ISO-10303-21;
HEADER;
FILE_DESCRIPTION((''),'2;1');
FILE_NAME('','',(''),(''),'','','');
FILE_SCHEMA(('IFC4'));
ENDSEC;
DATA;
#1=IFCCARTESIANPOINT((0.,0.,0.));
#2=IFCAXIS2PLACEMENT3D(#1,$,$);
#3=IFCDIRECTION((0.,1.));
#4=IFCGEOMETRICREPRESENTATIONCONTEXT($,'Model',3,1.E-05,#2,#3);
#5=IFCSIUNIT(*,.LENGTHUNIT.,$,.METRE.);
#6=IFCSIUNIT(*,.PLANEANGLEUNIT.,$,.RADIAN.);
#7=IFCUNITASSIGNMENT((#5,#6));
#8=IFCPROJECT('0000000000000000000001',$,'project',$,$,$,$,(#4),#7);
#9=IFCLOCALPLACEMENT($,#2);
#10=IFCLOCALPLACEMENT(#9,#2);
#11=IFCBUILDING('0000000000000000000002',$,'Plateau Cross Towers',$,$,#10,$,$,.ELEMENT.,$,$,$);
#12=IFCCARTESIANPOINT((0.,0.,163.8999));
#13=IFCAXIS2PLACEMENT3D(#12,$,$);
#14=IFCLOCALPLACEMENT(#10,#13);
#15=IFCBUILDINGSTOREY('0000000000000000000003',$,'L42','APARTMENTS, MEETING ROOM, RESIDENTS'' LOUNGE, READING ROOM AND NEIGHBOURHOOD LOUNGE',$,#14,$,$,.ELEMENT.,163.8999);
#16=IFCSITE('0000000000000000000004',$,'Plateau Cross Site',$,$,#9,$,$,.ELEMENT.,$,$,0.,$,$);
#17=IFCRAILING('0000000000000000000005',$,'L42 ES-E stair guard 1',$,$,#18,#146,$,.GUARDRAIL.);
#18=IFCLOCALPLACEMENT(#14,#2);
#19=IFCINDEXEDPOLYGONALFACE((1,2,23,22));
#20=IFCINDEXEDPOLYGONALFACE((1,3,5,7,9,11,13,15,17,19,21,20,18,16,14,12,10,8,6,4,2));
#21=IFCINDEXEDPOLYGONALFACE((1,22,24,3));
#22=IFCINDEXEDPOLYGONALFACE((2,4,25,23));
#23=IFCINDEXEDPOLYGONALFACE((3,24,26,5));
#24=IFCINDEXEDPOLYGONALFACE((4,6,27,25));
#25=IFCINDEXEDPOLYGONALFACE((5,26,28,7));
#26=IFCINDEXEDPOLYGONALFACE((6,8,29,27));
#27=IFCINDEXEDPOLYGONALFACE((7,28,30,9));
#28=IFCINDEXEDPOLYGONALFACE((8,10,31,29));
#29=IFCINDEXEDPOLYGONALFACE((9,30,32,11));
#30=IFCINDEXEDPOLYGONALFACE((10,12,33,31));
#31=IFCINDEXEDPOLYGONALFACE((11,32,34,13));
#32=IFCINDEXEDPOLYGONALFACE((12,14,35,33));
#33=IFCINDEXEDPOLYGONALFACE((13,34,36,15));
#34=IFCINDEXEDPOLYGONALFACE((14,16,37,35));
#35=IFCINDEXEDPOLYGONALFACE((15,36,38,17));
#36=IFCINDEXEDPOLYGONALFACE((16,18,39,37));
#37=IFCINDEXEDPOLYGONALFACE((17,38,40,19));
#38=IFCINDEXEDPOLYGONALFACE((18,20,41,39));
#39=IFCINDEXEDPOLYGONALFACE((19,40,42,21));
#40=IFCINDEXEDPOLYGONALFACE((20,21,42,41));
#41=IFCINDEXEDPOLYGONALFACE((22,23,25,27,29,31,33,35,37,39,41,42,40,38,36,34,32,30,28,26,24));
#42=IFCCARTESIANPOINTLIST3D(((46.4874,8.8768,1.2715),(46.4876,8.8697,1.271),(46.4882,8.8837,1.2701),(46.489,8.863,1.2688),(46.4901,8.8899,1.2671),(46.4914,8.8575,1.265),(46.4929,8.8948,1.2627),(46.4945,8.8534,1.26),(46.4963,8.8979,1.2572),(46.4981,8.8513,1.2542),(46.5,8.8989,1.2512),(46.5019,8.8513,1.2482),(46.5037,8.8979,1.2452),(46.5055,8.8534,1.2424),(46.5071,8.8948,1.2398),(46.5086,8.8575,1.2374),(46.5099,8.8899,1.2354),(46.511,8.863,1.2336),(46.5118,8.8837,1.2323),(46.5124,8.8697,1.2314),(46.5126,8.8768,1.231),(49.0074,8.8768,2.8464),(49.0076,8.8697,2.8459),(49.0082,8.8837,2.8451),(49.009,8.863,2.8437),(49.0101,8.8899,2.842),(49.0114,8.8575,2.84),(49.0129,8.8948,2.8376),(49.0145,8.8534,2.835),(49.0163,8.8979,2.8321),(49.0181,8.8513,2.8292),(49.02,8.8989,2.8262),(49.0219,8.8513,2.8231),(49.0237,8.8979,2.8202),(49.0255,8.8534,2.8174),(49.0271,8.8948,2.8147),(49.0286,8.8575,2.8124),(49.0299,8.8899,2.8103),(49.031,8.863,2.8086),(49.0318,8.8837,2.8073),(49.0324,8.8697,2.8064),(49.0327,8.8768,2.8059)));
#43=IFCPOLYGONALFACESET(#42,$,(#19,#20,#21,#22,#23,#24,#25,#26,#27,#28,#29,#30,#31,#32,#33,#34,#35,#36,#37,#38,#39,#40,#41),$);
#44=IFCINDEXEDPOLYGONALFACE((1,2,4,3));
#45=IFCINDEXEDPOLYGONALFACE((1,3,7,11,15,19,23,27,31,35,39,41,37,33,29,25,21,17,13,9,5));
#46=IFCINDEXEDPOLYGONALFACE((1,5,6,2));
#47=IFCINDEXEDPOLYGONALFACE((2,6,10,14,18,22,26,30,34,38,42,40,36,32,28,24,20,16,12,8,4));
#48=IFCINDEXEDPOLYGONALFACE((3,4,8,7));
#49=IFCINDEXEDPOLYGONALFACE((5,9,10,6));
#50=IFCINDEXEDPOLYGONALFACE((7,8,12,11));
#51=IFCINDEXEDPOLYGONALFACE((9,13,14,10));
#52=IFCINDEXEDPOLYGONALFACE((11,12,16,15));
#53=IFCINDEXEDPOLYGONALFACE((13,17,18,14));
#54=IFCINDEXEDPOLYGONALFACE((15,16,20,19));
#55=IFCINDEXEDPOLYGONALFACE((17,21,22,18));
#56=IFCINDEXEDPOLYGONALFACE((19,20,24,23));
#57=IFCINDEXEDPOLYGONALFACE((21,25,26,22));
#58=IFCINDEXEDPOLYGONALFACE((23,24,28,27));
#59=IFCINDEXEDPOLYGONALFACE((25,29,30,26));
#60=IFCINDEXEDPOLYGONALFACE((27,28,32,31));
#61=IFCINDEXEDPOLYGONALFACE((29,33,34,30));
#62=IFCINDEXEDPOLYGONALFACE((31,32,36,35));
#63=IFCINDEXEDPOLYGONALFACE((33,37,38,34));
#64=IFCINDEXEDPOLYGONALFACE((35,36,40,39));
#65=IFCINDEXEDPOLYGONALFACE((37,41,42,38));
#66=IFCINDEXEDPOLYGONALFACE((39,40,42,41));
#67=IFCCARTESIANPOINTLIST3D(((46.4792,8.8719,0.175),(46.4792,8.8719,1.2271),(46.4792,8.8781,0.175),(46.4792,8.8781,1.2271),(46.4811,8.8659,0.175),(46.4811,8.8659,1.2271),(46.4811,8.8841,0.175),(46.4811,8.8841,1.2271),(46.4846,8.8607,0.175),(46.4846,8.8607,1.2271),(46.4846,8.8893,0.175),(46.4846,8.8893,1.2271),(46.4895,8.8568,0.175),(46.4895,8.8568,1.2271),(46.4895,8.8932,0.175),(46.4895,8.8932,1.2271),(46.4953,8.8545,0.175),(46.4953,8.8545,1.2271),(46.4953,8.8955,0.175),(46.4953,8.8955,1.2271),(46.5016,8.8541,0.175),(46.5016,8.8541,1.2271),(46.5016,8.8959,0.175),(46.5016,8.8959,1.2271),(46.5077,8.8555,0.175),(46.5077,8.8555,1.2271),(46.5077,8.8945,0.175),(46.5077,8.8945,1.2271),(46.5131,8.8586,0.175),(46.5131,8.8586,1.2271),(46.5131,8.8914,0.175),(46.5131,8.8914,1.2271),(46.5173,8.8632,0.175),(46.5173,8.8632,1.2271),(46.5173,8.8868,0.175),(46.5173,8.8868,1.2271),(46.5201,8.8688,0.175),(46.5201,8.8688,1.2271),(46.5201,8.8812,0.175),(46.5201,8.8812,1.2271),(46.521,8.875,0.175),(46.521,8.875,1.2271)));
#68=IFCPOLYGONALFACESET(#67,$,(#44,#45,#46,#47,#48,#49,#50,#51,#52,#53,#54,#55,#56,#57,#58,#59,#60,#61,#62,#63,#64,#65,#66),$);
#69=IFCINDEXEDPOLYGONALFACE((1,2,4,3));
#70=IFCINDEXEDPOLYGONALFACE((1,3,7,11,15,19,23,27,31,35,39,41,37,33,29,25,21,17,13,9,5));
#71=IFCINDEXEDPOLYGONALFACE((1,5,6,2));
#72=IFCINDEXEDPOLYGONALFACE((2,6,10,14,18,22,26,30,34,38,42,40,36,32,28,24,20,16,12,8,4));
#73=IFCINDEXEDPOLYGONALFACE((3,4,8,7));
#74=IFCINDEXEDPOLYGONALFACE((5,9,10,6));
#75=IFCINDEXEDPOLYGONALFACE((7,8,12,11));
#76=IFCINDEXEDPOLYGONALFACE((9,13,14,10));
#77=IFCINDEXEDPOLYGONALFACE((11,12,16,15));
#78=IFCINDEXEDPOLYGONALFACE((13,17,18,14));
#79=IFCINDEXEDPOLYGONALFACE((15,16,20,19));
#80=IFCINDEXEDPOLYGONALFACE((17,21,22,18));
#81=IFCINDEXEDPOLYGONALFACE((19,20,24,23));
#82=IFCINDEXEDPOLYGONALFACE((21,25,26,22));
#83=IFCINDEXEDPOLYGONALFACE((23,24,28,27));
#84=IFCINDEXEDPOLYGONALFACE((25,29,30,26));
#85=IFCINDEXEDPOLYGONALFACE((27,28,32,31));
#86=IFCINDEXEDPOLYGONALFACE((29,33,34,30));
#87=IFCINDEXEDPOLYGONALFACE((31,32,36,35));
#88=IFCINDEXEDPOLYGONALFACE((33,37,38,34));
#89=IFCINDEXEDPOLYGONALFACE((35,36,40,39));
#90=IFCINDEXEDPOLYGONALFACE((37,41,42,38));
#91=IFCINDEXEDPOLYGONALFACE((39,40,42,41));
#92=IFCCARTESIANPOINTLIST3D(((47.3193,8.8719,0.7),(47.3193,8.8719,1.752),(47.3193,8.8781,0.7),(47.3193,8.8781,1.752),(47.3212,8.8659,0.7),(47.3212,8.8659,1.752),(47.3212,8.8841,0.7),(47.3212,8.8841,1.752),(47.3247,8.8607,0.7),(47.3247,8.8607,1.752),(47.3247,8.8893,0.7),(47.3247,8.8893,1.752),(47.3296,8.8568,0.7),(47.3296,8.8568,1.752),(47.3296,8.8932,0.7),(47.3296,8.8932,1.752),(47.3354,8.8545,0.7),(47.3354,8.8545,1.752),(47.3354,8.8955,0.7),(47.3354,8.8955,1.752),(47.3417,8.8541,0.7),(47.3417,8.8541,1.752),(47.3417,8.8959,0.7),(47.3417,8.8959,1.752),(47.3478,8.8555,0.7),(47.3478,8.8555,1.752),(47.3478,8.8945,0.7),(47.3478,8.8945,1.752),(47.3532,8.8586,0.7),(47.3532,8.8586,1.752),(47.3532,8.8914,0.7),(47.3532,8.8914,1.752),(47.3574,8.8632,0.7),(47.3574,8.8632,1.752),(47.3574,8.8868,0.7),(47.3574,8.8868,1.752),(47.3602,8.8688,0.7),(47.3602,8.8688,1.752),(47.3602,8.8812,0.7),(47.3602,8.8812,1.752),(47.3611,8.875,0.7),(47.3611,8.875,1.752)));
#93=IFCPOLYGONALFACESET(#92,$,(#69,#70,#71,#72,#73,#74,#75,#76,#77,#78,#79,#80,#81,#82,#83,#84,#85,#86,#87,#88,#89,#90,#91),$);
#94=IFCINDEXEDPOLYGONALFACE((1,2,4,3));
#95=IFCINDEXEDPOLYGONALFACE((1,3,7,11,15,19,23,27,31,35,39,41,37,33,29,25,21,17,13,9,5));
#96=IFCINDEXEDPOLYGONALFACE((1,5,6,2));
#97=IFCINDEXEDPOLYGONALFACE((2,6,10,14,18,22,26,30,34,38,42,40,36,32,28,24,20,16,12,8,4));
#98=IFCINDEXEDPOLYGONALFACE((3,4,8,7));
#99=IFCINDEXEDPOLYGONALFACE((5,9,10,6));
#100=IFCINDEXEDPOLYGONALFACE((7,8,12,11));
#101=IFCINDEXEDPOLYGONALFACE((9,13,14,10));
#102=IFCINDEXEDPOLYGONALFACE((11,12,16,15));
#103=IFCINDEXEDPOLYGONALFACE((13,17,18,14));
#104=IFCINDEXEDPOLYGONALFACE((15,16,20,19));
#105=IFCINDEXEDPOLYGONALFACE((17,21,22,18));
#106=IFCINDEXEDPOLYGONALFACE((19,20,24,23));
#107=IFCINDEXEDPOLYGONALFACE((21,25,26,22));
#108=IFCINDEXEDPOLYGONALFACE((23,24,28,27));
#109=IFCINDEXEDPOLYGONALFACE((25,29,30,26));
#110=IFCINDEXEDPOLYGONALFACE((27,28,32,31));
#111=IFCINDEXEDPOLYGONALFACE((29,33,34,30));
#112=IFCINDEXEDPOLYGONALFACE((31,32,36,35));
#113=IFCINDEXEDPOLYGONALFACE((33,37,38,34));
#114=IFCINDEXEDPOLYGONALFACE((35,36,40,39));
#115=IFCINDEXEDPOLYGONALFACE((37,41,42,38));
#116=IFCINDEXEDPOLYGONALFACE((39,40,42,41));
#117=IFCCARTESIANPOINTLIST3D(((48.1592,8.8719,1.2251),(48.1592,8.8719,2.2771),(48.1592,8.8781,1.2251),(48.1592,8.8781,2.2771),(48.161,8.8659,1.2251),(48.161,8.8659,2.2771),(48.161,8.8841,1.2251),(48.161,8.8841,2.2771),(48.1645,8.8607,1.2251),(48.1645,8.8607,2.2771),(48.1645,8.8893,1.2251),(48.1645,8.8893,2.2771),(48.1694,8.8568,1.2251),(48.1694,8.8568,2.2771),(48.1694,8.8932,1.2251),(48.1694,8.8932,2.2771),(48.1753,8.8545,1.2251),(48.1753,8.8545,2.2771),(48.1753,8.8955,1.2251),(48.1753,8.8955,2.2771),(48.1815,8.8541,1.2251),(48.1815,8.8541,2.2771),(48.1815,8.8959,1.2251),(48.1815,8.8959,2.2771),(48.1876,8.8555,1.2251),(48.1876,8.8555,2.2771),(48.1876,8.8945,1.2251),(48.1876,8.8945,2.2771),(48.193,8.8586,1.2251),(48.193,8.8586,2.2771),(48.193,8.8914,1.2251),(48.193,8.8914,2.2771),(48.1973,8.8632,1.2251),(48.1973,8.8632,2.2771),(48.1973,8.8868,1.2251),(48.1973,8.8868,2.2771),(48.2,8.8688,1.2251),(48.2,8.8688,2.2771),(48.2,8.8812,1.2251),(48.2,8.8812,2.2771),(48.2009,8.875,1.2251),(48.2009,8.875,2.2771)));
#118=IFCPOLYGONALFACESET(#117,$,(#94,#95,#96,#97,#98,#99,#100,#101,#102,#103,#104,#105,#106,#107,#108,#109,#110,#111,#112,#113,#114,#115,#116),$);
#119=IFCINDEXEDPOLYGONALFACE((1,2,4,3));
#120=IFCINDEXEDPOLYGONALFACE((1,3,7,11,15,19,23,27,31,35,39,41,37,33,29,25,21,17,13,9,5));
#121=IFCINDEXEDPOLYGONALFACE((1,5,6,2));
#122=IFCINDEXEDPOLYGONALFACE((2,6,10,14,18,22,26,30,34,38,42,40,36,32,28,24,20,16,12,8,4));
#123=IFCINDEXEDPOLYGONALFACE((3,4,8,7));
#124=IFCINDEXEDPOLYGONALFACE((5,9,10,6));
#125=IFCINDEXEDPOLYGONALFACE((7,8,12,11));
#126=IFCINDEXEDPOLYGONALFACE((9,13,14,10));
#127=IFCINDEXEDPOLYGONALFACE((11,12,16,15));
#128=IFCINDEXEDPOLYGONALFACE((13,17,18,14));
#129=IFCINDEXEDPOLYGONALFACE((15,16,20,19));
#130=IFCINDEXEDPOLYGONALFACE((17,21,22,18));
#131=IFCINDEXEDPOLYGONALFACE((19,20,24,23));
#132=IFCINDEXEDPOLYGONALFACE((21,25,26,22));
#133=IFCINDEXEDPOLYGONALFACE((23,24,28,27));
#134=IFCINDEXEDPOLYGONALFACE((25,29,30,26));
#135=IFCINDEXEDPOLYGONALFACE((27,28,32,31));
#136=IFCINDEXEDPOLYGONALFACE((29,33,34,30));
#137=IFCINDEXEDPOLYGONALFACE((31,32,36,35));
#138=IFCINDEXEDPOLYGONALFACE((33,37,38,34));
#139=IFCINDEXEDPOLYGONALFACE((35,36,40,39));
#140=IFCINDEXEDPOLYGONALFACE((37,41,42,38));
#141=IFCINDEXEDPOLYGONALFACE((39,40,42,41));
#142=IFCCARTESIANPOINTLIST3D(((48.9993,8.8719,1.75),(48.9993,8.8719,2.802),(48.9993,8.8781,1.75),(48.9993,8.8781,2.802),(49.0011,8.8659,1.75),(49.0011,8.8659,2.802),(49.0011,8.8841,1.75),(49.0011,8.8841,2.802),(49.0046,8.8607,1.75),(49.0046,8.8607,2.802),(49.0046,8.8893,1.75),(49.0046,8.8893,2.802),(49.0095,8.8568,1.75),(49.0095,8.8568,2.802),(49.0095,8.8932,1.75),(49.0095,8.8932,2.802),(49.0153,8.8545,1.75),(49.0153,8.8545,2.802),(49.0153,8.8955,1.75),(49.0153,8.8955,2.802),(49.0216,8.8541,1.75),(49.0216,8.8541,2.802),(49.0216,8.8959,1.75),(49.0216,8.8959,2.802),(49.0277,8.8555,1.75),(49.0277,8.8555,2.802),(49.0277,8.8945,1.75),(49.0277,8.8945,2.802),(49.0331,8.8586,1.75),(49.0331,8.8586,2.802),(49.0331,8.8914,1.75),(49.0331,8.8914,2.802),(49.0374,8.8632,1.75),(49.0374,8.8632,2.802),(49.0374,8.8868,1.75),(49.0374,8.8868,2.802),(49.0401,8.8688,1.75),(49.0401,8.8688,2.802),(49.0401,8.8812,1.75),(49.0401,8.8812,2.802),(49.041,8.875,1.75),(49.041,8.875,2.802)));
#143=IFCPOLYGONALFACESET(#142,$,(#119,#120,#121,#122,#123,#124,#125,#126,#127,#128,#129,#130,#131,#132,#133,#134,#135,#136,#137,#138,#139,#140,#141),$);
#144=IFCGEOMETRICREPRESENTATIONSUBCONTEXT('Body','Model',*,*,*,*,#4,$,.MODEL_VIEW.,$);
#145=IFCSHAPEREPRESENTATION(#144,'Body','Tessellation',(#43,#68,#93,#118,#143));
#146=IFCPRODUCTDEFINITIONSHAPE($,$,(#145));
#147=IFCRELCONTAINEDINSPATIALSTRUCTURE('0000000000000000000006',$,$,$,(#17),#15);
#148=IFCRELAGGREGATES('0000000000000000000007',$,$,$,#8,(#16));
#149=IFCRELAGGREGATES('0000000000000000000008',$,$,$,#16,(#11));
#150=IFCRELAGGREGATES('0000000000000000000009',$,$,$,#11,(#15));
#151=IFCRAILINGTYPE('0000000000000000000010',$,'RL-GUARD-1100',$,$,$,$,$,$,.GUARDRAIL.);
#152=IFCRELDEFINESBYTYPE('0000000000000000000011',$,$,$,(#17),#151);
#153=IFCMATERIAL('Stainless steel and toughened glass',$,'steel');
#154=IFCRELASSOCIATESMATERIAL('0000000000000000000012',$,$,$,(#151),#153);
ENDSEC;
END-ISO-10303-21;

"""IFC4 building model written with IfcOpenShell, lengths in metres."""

from ifc_helpers import new_model, si_unit, direction, frame, origin, origin_2d, place, context, subcontext, project, spatial, circle, extrude, material, type_object, element, save


model = new_model("IFC4")

# Units and contexts
model_context = context("Model", 3, precision=1e-05, world=origin(), true_north=direction((0.0, 1.0)))
body_context = subcontext(model_context, "Body", "Model", "MODEL_VIEW")
ifc_project = project(units=[si_unit("LENGTHUNIT", "METRE"), si_unit("PLANEANGLEUNIT", "RADIAN")], contexts=[model_context])

# Site, building, storey
site_placement = place(None, origin())
site = spatial("IfcSite", under=ifc_project, at=site_placement, Name="Plateau Cross Site", CompositionType="ELEMENT", RefElevation=0.0)
building_placement = place(site_placement, origin())
building = spatial("IfcBuilding", under=site, at=building_placement, Name="Plateau Cross Towers", CompositionType="ELEMENT")
storey_placement = place(building_placement, frame((0.0, 0.0, 163.8999)))
storey = spatial("IfcBuildingStorey", under=building, at=storey_placement, Name="L42", Description="APARTMENTS, MEETING ROOM, RESIDENTS' LOUNGE, READING ROOM AND NEIGHBOURHOOD LOUNGE", CompositionType="ELEMENT", Elevation=163.8999)

# Railing
ifc_material_1 = material(Name="Stainless steel and toughened glass", Category="steel")
railing_type_1 = type_object("IfcRailingType", Name="RL-GUARD-1100", PredefinedType="GUARDRAIL", material=ifc_material_1)
railing_1_placement = place(storey_placement, frame((46.5, 8.875, 0.175)))
element("IfcRailing", 1, at=railing_1_placement, inside=storey, type_object=railing_type_1, Name="L42 ES-E stair guard 1", PredefinedType="GUARDRAIL", context=body_context, shape_type="SweptSolid", body=[
    extrude(circle(Radius=0.0239, at=origin_2d()), frame((0.0, 0.0, 1.0762), z_axis=(0.848008, 0.0, 0.529984), x_axis=(0.0, 1.0, 0.0)), (0.0, 0.0, 1.0), 2.9717),
    extrude(circle(Radius=0.021, at=origin_2d()), origin(), (0.0, 0.0, 1.0), 1.052),
    extrude(circle(Radius=0.021, at=origin_2d()), frame((0.8401, 0.0, 0.5249)), (0.0, 0.0, 1.0), 1.052),
    extrude(circle(Radius=0.021, at=origin_2d()), frame((1.6799, 0.0, 1.05)), (0.0, 0.0, 1.0), 1.052),
    extrude(circle(Radius=0.021, at=origin_2d()), frame((2.52, 0.0, 1.575)), (0.0, 0.0, 1.0), 1.052),
])

save(model, "model.ifc")
